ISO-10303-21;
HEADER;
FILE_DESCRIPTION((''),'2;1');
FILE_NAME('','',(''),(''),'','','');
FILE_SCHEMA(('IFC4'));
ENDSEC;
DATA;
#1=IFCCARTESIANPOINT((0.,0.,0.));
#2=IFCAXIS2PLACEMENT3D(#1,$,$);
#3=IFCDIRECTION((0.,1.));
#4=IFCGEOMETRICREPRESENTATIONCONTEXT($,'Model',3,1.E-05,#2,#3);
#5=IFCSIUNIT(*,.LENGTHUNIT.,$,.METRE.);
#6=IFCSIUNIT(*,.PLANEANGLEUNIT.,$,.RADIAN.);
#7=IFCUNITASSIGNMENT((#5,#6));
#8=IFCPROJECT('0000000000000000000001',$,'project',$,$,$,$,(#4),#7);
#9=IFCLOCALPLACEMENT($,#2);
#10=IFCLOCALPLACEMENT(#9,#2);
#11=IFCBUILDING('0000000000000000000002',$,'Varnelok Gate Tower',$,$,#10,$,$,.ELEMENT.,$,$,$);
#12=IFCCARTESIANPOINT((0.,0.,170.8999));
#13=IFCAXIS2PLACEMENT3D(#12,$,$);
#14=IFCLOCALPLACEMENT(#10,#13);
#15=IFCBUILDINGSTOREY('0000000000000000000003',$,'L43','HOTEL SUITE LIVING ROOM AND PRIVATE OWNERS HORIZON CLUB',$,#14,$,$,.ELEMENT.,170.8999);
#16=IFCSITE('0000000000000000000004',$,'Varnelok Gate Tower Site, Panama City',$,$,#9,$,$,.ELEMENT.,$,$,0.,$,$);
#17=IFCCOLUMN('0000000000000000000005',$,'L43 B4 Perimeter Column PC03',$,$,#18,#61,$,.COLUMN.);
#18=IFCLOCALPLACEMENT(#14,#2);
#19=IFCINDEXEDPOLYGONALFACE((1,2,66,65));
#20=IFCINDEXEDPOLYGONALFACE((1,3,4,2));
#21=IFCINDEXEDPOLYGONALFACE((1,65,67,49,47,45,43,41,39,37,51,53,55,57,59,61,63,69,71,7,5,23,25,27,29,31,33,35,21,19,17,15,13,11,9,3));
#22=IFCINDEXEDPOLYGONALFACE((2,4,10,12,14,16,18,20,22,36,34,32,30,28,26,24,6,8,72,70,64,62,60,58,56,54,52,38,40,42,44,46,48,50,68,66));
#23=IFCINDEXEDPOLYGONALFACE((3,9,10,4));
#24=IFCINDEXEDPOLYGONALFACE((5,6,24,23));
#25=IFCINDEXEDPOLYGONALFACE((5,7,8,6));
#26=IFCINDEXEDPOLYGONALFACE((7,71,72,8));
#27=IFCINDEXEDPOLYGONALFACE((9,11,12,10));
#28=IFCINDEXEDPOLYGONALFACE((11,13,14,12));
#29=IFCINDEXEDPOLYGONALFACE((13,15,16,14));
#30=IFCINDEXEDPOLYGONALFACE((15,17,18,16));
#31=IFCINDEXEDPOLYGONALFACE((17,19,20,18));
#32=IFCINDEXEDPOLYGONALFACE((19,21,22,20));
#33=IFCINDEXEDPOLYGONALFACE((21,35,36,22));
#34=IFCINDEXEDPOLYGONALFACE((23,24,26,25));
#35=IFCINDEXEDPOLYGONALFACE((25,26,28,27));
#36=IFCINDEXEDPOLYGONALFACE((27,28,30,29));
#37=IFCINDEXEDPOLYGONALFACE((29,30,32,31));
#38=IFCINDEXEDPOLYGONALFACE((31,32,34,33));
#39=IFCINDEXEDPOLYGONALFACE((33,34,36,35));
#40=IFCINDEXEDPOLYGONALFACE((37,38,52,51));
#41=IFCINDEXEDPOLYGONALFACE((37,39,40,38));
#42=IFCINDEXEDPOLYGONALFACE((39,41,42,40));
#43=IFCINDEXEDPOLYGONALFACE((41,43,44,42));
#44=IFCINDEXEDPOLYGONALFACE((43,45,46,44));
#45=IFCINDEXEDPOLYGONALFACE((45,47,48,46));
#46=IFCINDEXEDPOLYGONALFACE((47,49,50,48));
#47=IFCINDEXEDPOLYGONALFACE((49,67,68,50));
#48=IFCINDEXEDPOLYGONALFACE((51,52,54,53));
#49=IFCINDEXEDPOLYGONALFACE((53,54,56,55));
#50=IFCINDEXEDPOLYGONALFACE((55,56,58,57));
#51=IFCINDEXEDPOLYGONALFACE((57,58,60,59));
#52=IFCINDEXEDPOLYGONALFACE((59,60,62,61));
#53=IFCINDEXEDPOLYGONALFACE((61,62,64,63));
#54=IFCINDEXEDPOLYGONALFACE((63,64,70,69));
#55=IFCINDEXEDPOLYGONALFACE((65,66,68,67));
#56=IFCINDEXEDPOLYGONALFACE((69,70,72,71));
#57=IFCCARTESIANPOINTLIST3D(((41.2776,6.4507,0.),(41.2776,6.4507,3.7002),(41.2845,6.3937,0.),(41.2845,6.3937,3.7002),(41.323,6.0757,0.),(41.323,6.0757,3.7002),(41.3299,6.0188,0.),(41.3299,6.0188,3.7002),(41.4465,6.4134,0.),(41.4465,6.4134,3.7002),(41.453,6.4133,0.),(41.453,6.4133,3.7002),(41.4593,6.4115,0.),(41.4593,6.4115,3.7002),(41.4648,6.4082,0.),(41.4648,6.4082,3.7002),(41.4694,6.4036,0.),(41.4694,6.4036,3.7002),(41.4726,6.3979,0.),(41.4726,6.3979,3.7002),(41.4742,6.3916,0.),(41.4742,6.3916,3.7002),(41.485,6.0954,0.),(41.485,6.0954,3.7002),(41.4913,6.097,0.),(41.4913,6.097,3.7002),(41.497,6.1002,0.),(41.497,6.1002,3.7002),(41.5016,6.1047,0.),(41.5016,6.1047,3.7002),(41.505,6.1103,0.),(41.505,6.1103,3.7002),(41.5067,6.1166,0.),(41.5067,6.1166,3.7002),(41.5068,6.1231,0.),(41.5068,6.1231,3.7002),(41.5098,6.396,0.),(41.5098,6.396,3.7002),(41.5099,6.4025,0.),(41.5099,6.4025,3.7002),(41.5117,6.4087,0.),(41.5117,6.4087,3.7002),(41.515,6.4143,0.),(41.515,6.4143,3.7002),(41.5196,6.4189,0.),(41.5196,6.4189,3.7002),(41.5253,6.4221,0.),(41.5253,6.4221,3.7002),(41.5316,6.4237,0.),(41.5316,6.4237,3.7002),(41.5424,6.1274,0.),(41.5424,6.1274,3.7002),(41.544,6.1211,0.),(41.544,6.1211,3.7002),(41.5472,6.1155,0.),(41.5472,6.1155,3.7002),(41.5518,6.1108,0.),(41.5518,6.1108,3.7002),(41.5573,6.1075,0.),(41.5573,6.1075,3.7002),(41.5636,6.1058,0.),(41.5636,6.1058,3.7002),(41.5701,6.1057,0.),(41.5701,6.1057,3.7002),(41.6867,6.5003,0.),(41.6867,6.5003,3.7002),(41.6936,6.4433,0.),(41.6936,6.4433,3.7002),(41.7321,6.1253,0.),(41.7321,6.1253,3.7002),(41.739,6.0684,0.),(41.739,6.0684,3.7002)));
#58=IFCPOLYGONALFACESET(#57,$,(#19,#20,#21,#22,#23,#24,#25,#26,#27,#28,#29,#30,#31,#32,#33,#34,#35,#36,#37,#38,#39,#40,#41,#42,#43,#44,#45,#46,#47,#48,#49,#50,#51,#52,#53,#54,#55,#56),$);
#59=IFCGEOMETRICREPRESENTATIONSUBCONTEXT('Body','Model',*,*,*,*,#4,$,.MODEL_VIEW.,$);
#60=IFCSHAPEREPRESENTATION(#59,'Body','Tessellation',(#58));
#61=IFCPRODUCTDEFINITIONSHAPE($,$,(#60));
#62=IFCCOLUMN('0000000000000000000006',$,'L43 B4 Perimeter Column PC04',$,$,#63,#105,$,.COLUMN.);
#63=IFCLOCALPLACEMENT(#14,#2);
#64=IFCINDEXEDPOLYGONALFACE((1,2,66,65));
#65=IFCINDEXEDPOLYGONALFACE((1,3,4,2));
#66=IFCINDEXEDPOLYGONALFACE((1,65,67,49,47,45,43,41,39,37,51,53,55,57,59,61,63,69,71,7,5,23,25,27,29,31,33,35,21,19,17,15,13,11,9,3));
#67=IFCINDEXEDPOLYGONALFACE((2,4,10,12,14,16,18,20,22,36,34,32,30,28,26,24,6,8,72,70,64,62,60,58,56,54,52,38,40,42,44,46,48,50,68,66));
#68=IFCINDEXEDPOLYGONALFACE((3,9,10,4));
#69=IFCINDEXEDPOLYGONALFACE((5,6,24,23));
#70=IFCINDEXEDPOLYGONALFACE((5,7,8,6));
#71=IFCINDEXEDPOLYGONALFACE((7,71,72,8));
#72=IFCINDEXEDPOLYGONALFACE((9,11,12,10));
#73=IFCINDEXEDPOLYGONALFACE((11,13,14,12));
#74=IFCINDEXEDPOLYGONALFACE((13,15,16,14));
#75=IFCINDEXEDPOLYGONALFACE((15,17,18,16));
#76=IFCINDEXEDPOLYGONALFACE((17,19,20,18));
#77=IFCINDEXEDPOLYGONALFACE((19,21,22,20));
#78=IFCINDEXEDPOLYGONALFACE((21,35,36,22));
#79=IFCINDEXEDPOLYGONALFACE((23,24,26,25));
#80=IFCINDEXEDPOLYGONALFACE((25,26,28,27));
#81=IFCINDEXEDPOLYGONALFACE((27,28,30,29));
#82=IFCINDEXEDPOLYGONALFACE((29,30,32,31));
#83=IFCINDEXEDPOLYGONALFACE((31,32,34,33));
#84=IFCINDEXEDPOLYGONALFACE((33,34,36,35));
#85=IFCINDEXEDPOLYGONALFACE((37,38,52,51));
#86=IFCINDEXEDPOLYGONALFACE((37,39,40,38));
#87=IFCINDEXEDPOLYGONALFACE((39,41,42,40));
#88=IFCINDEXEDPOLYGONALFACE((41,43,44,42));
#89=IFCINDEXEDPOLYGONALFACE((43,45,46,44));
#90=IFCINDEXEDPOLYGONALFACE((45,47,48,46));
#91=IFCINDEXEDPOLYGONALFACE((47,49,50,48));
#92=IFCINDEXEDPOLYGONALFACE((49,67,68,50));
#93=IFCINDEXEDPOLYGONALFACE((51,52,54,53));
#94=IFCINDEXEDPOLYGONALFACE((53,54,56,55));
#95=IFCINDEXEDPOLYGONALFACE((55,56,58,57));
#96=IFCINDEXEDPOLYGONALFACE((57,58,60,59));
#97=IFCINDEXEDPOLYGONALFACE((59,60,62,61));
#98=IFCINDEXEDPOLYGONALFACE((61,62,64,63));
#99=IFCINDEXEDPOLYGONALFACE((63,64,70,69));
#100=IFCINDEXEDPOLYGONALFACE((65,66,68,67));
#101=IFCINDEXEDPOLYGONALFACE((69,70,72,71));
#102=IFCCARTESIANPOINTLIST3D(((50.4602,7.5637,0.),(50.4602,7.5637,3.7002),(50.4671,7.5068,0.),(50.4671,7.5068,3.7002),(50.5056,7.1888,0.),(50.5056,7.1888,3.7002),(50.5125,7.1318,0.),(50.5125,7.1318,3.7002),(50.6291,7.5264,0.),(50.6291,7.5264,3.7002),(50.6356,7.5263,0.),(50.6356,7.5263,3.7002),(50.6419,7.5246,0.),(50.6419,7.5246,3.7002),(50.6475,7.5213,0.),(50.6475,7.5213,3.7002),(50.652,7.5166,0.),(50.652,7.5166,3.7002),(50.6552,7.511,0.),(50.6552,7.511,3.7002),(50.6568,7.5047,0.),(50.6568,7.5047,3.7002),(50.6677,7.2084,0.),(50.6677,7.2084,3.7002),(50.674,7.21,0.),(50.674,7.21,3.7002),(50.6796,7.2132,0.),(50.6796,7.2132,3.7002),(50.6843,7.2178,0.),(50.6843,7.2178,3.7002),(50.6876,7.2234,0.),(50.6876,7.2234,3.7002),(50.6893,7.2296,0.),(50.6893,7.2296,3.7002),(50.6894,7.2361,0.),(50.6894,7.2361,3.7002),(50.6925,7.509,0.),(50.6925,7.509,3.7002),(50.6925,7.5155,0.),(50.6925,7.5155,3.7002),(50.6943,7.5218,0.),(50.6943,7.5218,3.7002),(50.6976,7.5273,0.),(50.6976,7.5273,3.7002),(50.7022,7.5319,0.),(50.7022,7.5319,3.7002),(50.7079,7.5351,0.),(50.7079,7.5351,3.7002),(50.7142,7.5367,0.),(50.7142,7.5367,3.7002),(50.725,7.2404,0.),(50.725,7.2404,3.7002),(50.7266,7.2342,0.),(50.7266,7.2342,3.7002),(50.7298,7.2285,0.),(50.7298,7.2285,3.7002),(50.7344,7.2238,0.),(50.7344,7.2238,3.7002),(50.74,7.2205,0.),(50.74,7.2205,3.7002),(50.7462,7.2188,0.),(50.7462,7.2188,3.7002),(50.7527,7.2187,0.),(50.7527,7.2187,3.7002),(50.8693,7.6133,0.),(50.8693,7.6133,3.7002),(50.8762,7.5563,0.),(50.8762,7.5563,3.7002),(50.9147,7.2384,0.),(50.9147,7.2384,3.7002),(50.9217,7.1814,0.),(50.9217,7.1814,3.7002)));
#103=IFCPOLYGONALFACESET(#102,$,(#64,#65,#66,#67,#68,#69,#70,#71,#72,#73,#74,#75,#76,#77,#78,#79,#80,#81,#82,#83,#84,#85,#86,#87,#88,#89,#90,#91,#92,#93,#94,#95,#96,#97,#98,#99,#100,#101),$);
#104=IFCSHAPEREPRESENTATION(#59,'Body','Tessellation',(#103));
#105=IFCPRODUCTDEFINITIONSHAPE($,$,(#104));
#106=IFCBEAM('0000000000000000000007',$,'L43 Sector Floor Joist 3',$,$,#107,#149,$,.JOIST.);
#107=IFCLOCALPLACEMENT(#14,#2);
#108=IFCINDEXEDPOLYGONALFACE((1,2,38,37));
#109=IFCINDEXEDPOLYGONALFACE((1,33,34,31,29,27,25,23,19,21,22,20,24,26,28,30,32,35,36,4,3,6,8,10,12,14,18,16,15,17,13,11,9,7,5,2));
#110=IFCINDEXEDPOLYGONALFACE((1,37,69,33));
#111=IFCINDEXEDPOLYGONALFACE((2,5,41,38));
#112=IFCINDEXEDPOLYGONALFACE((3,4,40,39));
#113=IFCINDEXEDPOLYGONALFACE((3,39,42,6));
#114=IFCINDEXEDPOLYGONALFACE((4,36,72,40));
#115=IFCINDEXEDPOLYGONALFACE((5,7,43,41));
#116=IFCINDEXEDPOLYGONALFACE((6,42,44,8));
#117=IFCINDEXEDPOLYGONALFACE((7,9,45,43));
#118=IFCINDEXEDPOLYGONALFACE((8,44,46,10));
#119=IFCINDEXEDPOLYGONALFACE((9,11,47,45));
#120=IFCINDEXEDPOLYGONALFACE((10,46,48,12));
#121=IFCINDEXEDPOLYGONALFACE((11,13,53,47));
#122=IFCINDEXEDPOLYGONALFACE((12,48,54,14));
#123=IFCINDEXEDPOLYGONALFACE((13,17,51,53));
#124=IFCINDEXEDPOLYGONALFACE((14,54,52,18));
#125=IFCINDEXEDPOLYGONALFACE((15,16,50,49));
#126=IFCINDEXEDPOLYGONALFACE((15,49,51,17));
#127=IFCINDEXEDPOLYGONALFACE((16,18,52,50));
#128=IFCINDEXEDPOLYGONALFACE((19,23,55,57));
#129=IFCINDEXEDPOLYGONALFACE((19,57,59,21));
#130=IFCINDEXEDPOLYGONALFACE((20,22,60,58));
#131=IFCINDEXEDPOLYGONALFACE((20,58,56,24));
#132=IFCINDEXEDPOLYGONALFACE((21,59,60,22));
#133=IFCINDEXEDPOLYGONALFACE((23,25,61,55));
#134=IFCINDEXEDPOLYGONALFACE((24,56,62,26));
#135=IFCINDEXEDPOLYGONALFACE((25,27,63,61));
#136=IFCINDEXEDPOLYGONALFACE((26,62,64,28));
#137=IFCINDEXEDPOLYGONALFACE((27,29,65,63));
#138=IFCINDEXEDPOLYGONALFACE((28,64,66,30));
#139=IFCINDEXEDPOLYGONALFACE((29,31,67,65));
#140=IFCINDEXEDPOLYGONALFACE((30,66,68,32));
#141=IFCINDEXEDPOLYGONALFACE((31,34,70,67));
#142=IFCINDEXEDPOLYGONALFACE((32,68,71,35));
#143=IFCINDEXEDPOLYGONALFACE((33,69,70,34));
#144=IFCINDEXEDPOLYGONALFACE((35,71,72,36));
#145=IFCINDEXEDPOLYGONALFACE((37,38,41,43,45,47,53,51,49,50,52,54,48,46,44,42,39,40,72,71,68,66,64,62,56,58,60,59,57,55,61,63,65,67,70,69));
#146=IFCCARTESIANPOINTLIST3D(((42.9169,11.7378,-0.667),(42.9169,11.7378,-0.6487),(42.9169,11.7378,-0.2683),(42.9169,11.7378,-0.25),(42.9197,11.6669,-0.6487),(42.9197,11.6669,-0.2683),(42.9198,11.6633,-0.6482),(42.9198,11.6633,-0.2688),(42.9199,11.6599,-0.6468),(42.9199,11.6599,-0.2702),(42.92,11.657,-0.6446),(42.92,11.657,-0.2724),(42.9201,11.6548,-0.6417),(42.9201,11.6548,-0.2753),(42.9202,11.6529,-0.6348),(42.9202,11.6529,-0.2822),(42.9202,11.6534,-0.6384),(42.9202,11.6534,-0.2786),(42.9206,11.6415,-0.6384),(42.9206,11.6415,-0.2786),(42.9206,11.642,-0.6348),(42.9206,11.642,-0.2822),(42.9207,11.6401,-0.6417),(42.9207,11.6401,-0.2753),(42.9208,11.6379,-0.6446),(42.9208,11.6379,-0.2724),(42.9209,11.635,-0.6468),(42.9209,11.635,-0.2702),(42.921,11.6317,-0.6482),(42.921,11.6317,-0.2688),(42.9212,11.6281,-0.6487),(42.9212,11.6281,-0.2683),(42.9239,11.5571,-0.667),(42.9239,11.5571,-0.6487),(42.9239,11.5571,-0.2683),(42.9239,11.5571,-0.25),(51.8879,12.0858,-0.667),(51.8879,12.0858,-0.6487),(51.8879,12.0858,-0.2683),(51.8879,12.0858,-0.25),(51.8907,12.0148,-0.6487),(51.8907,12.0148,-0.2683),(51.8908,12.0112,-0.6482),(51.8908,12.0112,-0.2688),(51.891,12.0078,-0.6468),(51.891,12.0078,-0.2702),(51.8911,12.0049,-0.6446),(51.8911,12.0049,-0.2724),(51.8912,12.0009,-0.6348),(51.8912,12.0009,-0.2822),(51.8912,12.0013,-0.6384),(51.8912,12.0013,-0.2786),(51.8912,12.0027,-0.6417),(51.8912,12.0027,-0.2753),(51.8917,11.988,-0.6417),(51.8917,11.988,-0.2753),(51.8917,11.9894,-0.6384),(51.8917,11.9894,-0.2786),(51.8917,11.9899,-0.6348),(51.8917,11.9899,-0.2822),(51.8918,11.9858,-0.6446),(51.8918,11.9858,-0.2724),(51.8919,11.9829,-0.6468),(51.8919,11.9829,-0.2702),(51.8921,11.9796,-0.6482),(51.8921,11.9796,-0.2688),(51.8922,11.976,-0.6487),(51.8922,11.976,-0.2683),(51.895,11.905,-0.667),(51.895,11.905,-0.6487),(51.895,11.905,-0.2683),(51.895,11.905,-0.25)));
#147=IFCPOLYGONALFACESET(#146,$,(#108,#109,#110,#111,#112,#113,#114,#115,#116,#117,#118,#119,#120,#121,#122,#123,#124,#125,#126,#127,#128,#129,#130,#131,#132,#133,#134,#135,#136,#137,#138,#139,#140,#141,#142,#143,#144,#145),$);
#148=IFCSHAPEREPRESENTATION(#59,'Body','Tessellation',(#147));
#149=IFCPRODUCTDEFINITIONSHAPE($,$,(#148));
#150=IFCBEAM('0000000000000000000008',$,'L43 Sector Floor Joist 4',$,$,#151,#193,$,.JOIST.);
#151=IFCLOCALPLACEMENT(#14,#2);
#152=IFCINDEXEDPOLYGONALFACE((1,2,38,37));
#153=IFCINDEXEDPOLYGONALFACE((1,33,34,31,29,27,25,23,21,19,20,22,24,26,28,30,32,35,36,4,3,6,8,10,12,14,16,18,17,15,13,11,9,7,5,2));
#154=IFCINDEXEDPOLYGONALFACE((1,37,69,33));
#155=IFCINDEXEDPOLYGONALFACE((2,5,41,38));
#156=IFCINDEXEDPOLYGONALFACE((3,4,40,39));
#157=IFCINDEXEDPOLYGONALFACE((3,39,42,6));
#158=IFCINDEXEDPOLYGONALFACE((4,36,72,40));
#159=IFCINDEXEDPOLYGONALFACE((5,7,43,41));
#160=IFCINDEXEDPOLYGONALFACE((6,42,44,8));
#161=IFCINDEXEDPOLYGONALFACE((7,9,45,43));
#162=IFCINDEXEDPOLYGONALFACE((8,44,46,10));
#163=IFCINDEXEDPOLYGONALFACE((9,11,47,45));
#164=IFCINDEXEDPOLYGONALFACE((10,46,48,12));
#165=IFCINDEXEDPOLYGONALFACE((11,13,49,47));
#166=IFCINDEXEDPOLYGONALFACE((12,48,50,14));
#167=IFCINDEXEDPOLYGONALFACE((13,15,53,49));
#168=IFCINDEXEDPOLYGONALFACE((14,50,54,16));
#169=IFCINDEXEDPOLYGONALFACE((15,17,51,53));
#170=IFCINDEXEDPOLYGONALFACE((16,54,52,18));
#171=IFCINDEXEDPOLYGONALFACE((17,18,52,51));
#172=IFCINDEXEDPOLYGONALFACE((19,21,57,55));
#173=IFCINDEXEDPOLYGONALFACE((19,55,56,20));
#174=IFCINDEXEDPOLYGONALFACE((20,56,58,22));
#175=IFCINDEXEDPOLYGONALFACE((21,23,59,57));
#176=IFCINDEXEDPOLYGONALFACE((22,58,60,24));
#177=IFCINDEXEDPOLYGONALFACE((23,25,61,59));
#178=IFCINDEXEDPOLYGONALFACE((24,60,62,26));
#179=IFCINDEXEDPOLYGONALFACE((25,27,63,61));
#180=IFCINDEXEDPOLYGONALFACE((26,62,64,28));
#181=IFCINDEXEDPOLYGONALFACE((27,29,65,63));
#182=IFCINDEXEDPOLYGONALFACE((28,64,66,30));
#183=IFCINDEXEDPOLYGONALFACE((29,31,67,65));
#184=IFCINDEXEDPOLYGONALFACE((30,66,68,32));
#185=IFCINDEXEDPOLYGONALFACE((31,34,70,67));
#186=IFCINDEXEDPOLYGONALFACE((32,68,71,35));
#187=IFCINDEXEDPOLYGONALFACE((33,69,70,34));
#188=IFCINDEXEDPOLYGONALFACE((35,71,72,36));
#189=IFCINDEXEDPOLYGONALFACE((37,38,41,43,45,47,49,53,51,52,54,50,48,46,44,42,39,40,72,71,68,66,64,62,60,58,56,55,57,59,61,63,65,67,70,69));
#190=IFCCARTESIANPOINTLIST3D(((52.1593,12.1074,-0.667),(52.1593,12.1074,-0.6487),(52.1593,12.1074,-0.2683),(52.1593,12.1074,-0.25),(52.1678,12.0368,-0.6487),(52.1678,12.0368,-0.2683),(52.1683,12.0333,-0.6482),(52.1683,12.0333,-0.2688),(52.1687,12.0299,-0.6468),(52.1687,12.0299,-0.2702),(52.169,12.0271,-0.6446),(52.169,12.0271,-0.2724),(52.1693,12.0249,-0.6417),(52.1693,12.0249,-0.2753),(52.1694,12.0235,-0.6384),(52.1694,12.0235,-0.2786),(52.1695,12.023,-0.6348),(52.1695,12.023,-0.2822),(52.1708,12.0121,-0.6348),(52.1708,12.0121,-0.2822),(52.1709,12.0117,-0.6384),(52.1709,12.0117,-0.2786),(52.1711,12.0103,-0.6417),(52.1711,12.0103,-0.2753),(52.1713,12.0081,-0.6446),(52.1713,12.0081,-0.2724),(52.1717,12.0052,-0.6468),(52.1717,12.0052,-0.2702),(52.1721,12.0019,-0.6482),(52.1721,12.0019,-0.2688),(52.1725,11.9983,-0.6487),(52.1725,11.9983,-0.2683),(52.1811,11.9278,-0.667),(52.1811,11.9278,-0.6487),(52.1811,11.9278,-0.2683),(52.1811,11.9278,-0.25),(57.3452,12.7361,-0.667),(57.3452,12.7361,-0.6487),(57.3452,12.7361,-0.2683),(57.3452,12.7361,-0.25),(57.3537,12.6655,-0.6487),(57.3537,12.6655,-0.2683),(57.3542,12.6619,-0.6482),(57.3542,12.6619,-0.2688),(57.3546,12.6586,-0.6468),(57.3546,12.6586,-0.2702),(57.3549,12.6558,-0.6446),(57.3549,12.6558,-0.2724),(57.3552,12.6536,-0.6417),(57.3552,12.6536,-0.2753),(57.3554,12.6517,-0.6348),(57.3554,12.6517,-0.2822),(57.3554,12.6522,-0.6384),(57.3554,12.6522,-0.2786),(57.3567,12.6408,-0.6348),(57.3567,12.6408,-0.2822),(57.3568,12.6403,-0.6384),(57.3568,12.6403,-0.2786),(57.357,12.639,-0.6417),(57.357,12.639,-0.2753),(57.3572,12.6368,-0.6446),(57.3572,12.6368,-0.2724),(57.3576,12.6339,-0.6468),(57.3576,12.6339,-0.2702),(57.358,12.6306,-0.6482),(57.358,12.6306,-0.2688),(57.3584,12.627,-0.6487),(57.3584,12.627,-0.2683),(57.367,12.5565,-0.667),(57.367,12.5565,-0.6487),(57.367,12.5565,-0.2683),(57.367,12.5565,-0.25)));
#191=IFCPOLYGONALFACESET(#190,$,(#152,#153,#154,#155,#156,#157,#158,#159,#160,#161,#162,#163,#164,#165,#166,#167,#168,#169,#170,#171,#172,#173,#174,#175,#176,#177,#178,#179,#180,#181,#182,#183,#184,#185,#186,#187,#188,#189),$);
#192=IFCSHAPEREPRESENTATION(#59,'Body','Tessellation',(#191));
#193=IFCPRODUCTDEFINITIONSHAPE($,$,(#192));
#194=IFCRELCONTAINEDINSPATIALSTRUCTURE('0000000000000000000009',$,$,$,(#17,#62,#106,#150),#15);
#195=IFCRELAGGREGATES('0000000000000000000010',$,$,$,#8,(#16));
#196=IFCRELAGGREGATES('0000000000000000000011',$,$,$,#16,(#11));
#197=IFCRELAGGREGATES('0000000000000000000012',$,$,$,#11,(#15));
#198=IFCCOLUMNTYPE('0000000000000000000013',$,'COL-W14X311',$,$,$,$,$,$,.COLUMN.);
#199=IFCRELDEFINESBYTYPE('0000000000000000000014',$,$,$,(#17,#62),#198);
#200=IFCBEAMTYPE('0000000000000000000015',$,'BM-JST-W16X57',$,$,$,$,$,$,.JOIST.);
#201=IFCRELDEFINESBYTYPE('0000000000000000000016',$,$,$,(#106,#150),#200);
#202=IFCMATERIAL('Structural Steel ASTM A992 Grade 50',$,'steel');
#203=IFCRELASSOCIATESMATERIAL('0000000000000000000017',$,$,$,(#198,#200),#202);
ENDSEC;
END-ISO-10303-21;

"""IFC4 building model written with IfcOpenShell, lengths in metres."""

from ifc_helpers import new_model, si_unit, direction, frame, origin, origin_2d, place, context, subcontext, project, spatial, i_section, extrude, material, material_profile, profile_set, type_object, element, save


model = new_model("IFC4")

# Units and contexts
model_context = context("Model", 3, precision=1e-05, world=origin(), true_north=direction((0.0, 1.0)))
body_context = subcontext(model_context, "Body", "Model", "MODEL_VIEW")
ifc_project = project(units=[si_unit("LENGTHUNIT", "METRE"), si_unit("PLANEANGLEUNIT", "RADIAN")], contexts=[model_context])

# Site, building, storey
site_placement = place(None, origin())
site = spatial("IfcSite", under=ifc_project, at=site_placement, Name="Varnelok Gate Tower Site, Panama City", CompositionType="ELEMENT", RefElevation=0.0)
building_placement = place(site_placement, origin())
building = spatial("IfcBuilding", under=site, at=building_placement, Name="Varnelok Gate Tower", CompositionType="ELEMENT")
storey_placement = place(building_placement, frame((0.0, 0.0, 170.8999)))
storey = spatial("IfcBuildingStorey", under=building, at=storey_placement, Name="L43", Description="HOTEL SUITE LIVING ROOM AND PRIVATE OWNERS HORIZON CLUB", CompositionType="ELEMENT", Elevation=170.8999)

# Columns
ifc_material_1 = material(Name="Structural Steel ASTM A992 Grade 50", Category="steel")
ifc_material_profile_1 = material_profile(ifc_material_1, i_section(OverallWidth=0.4121, OverallDepth=0.4351, WebThickness=0.0359, FlangeThickness=0.0574, FilletRadius=0.0249, at=origin_2d()), Name="W14X311")
ifc_profile_set_1 = profile_set([ifc_material_profile_1], Name="Structural Steel ASTM A992 Grade 50")
column_type = type_object("IfcColumnType", Name="COL-W14X311", PredefinedType="COLUMN", material=ifc_profile_set_1)
for number, where, z_axis, x_axis, name in (
    (1, (41.5083, 6.2595, 0.0), (0.0, 0.0, 1.0), (0.992732, 0.120345, 0.0), "L43 B4 Perimeter Column PC03"),
    (2, (50.6909, 7.3726, 0.0), (0.0, 0.0, 1.0), (0.992732, 0.120345, 0.0), "L43 B4 Perimeter Column PC04"),
):
    element("IfcColumn", number, at=place(storey_placement, frame(where, z_axis=z_axis, x_axis=x_axis)), inside=storey, type_object=column_type, Name=name, PredefinedType="COLUMN", context=body_context, shape_type="SweptSolid", body=[
        extrude(i_section(OverallWidth=0.4121, OverallDepth=0.4351, WebThickness=0.0359, FlangeThickness=0.0574, FilletRadius=0.0249, at=origin_2d()), origin(), (0.0, 0.0, 1.0), 3.7002),
    ])

# Beams
ifc_material_profile_2 = material_profile(ifc_material_1, i_section(OverallWidth=0.1809, OverallDepth=0.417, WebThickness=0.011, FlangeThickness=0.0183, FilletRadius=0.0139, at=origin_2d()), Name="W16X57")
ifc_profile_set_2 = profile_set([ifc_material_profile_2], Name="Structural Steel ASTM A992 Grade 50")
beam_type_1 = type_object("IfcBeamType", Name="BM-JST-W16X57", PredefinedType="JOIST", material=ifc_profile_set_2)
beam_1_placement = place(storey_placement, frame((42.9204, 11.6475, -0.4585), z_axis=(0.999249, 0.038752, 0.0), x_axis=(-0.038752, 0.999249, 0.0)))
element("IfcBeam", 3, at=beam_1_placement, inside=storey, type_object=beam_type_1, Name="L43 Sector Floor Joist 3", PredefinedType="JOIST", context=body_context, shape_type="SweptSolid", body=[
    extrude(i_section(OverallWidth=0.1809, OverallDepth=0.417, WebThickness=0.011, FlangeThickness=0.0183, FilletRadius=0.0139, at=origin_2d()), origin(), (0.0, 0.0, 1.0), 8.9778),
])
beam_2_placement = place(storey_placement, frame((52.1702, 12.0176, -0.4585), z_axis=(0.992732, 0.120347, 0.0), x_axis=(-0.120347, 0.992732, 0.0)))
element("IfcBeam", 4, at=beam_2_placement, inside=storey, type_object=beam_type_1, Name="L43 Sector Floor Joist 4", PredefinedType="JOIST", context=body_context, shape_type="SweptSolid", body=[
    extrude(i_section(OverallWidth=0.1809, OverallDepth=0.417, WebThickness=0.011, FlangeThickness=0.0183, FilletRadius=0.0139, at=origin_2d()), origin(), (0.0, 0.0, 1.0), 5.2239),
])

save(model, "model.ifc")
